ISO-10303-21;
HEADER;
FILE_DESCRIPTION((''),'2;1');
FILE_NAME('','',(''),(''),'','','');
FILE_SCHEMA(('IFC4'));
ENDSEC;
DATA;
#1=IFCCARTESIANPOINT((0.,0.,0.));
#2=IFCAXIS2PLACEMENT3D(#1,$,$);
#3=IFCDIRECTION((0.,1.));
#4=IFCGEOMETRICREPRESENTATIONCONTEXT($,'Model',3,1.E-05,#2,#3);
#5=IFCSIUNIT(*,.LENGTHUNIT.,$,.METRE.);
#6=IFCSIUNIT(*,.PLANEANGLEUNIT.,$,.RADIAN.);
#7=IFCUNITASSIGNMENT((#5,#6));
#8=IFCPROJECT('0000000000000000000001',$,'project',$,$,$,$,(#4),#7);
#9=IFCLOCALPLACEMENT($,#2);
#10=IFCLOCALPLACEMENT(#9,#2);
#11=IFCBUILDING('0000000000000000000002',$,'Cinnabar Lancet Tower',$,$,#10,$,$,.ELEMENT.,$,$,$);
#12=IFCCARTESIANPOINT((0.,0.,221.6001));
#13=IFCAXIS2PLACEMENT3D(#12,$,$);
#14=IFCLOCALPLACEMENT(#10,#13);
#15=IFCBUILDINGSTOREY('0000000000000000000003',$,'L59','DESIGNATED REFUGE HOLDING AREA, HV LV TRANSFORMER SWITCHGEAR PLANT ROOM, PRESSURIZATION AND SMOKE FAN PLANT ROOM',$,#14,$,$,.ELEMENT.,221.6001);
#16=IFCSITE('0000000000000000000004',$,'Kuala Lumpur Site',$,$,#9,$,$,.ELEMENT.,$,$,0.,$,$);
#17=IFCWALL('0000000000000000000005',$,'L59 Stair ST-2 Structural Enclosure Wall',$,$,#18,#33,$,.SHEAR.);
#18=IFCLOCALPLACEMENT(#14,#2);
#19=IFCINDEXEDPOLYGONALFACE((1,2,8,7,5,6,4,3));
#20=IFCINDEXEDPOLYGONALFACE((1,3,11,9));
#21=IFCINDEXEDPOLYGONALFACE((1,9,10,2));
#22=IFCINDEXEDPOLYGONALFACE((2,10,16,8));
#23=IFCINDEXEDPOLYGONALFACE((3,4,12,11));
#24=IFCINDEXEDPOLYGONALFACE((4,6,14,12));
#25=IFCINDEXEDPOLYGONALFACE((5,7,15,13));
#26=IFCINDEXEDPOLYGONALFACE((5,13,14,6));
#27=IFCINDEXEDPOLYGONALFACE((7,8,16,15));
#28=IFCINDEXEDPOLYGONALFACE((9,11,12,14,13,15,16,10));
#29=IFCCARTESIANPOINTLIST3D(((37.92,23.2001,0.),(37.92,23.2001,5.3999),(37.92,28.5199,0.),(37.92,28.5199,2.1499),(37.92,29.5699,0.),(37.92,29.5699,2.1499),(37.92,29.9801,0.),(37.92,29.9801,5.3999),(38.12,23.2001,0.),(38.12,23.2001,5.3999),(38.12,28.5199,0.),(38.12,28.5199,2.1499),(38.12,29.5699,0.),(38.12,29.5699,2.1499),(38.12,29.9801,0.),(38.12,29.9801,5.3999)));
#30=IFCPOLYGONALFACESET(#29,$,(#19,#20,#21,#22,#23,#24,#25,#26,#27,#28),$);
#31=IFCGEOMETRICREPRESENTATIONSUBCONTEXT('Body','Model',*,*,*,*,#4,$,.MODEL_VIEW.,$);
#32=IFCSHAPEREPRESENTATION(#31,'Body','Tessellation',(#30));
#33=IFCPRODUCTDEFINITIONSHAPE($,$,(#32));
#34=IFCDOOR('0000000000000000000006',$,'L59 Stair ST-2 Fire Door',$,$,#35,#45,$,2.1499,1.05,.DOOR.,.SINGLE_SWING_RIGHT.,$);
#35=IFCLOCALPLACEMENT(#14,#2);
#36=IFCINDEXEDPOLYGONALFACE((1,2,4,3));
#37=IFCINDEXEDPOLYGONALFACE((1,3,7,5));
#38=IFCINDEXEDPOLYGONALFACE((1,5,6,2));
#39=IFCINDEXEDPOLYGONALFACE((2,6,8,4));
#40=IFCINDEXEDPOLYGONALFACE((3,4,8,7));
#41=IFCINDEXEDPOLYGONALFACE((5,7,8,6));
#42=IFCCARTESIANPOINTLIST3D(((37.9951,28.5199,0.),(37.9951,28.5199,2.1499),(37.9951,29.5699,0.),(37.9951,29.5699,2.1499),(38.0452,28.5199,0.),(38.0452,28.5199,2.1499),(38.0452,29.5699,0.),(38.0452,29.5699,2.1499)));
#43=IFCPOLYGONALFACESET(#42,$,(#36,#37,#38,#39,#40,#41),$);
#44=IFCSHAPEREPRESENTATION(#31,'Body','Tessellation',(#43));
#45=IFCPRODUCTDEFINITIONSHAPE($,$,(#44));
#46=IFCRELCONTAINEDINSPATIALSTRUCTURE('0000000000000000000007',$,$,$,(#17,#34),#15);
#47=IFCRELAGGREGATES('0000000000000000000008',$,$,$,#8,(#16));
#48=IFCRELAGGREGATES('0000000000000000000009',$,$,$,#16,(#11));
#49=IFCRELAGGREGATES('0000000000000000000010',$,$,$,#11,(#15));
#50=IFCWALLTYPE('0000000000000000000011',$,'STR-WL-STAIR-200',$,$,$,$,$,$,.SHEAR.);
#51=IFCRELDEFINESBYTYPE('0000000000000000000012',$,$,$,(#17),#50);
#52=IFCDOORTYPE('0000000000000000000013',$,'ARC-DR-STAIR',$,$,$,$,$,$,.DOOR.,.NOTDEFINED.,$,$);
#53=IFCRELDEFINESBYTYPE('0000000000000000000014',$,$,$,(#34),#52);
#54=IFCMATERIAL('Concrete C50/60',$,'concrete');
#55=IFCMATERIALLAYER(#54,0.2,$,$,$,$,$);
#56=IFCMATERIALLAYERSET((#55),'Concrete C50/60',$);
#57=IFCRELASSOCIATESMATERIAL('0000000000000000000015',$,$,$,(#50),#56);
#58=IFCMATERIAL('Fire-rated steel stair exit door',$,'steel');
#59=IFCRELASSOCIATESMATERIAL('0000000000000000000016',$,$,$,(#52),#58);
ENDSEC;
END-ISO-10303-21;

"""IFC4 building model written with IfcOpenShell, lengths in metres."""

from ifc_helpers import new_model, si_unit, direction, frame, frame_2d, origin, place, context, subcontext, project, spatial, rectangle, extrude, material, layer, layer_set, type_object, element, fill, save


model = new_model("IFC4")

# Units and contexts
model_context = context("Model", 3, precision=1e-05, world=origin(), true_north=direction((0.0, 1.0)))
body_context = subcontext(model_context, "Body", "Model", "MODEL_VIEW")
ifc_project = project(units=[si_unit("LENGTHUNIT", "METRE"), si_unit("PLANEANGLEUNIT", "RADIAN")], contexts=[model_context])

# Site, building, storey
site_placement = place(None, origin())
site = spatial("IfcSite", under=ifc_project, at=site_placement, Name="Kuala Lumpur Site", CompositionType="ELEMENT", RefElevation=0.0)
building_placement = place(site_placement, origin())
building = spatial("IfcBuilding", under=site, at=building_placement, Name="Cinnabar Lancet Tower", CompositionType="ELEMENT")
storey_placement = place(building_placement, frame((0.0, 0.0, 221.6001)))
storey = spatial("IfcBuildingStorey", under=building, at=storey_placement, Name="L59", Description="DESIGNATED REFUGE HOLDING AREA, HV LV TRANSFORMER SWITCHGEAR PLANT ROOM, PRESSURIZATION AND SMOKE FAN PLANT ROOM", CompositionType="ELEMENT", Elevation=221.6001)

# Wall, opening, door
ifc_material_1 = material(Name="Concrete C50/60", Category="concrete")
ifc_layer_1 = layer(ifc_material_1, 0.2)
ifc_layer_set_1 = layer_set([ifc_layer_1], Name="Concrete C50/60")
wall_type_1 = type_object("IfcWallType", Name="STR-WL-STAIR-200", PredefinedType="SHEAR", material=ifc_layer_set_1)
wall_1_placement = place(storey_placement, frame((38.02, 23.2, 0.0), z_axis=(0.0, 0.0, 1.0), x_axis=(0.0, 1.0, 0.0)))
wall_1 = element("IfcWall", 1, at=wall_1_placement, inside=storey, type_object=wall_type_1, Name="L59 Stair ST-2 Structural Enclosure Wall", PredefinedType="SHEAR", context=body_context, shape_type="SweptSolid", body=[
    extrude(rectangle(XDim=6.78, YDim=0.2, at=frame_2d((3.3901, 0.0))), origin(), (0.0, 0.0, 1.0), 5.3999),
])
opening_1_placement = place(wall_1_placement, frame((5.3201, 0.0, 0.0)))
opening_1 = element("IfcOpeningElement", 2, at=opening_1_placement, cuts=wall_1, PredefinedType="OPENING", context=body_context, shape_type="SweptSolid", body=[
    extrude(rectangle(XDim=1.05, YDim=2.1499, at=frame_2d((0.5249, 1.075))), frame((0.0, 0.1099, 0.0), z_axis=(0.0, -1.0, 0.0), x_axis=(1.0, 0.0, 0.0)), (0.0, 0.0, 1.0), 0.22),
])
ifc_material_2 = material(Name="Fire-rated steel stair exit door", Category="steel")
door_type_1 = type_object("IfcDoorType", Name="ARC-DR-STAIR", OperationType="NOTDEFINED", PredefinedType="DOOR", material=ifc_material_2)
door_1_placement = place(opening_1_placement, origin())
door_1 = element("IfcDoor", 3, at=door_1_placement, inside=storey, type_object=door_type_1, Name="L59 Stair ST-2 Fire Door", OperationType="SINGLE_SWING_RIGHT", OverallHeight=2.1499, OverallWidth=1.05, PredefinedType="DOOR", context=body_context, shape_type="SweptSolid", body=[
    extrude(rectangle(XDim=1.05, YDim=2.1499, at=frame_2d((0.5249, 1.075))), frame((0.0, 0.0249, 0.0), z_axis=(0.0, -1.0, 0.0), x_axis=(1.0, 0.0, 0.0)), (0.0, 0.0, 1.0), 0.05),
])
fill(opening_1, door_1)

save(model, "model.ifc")
